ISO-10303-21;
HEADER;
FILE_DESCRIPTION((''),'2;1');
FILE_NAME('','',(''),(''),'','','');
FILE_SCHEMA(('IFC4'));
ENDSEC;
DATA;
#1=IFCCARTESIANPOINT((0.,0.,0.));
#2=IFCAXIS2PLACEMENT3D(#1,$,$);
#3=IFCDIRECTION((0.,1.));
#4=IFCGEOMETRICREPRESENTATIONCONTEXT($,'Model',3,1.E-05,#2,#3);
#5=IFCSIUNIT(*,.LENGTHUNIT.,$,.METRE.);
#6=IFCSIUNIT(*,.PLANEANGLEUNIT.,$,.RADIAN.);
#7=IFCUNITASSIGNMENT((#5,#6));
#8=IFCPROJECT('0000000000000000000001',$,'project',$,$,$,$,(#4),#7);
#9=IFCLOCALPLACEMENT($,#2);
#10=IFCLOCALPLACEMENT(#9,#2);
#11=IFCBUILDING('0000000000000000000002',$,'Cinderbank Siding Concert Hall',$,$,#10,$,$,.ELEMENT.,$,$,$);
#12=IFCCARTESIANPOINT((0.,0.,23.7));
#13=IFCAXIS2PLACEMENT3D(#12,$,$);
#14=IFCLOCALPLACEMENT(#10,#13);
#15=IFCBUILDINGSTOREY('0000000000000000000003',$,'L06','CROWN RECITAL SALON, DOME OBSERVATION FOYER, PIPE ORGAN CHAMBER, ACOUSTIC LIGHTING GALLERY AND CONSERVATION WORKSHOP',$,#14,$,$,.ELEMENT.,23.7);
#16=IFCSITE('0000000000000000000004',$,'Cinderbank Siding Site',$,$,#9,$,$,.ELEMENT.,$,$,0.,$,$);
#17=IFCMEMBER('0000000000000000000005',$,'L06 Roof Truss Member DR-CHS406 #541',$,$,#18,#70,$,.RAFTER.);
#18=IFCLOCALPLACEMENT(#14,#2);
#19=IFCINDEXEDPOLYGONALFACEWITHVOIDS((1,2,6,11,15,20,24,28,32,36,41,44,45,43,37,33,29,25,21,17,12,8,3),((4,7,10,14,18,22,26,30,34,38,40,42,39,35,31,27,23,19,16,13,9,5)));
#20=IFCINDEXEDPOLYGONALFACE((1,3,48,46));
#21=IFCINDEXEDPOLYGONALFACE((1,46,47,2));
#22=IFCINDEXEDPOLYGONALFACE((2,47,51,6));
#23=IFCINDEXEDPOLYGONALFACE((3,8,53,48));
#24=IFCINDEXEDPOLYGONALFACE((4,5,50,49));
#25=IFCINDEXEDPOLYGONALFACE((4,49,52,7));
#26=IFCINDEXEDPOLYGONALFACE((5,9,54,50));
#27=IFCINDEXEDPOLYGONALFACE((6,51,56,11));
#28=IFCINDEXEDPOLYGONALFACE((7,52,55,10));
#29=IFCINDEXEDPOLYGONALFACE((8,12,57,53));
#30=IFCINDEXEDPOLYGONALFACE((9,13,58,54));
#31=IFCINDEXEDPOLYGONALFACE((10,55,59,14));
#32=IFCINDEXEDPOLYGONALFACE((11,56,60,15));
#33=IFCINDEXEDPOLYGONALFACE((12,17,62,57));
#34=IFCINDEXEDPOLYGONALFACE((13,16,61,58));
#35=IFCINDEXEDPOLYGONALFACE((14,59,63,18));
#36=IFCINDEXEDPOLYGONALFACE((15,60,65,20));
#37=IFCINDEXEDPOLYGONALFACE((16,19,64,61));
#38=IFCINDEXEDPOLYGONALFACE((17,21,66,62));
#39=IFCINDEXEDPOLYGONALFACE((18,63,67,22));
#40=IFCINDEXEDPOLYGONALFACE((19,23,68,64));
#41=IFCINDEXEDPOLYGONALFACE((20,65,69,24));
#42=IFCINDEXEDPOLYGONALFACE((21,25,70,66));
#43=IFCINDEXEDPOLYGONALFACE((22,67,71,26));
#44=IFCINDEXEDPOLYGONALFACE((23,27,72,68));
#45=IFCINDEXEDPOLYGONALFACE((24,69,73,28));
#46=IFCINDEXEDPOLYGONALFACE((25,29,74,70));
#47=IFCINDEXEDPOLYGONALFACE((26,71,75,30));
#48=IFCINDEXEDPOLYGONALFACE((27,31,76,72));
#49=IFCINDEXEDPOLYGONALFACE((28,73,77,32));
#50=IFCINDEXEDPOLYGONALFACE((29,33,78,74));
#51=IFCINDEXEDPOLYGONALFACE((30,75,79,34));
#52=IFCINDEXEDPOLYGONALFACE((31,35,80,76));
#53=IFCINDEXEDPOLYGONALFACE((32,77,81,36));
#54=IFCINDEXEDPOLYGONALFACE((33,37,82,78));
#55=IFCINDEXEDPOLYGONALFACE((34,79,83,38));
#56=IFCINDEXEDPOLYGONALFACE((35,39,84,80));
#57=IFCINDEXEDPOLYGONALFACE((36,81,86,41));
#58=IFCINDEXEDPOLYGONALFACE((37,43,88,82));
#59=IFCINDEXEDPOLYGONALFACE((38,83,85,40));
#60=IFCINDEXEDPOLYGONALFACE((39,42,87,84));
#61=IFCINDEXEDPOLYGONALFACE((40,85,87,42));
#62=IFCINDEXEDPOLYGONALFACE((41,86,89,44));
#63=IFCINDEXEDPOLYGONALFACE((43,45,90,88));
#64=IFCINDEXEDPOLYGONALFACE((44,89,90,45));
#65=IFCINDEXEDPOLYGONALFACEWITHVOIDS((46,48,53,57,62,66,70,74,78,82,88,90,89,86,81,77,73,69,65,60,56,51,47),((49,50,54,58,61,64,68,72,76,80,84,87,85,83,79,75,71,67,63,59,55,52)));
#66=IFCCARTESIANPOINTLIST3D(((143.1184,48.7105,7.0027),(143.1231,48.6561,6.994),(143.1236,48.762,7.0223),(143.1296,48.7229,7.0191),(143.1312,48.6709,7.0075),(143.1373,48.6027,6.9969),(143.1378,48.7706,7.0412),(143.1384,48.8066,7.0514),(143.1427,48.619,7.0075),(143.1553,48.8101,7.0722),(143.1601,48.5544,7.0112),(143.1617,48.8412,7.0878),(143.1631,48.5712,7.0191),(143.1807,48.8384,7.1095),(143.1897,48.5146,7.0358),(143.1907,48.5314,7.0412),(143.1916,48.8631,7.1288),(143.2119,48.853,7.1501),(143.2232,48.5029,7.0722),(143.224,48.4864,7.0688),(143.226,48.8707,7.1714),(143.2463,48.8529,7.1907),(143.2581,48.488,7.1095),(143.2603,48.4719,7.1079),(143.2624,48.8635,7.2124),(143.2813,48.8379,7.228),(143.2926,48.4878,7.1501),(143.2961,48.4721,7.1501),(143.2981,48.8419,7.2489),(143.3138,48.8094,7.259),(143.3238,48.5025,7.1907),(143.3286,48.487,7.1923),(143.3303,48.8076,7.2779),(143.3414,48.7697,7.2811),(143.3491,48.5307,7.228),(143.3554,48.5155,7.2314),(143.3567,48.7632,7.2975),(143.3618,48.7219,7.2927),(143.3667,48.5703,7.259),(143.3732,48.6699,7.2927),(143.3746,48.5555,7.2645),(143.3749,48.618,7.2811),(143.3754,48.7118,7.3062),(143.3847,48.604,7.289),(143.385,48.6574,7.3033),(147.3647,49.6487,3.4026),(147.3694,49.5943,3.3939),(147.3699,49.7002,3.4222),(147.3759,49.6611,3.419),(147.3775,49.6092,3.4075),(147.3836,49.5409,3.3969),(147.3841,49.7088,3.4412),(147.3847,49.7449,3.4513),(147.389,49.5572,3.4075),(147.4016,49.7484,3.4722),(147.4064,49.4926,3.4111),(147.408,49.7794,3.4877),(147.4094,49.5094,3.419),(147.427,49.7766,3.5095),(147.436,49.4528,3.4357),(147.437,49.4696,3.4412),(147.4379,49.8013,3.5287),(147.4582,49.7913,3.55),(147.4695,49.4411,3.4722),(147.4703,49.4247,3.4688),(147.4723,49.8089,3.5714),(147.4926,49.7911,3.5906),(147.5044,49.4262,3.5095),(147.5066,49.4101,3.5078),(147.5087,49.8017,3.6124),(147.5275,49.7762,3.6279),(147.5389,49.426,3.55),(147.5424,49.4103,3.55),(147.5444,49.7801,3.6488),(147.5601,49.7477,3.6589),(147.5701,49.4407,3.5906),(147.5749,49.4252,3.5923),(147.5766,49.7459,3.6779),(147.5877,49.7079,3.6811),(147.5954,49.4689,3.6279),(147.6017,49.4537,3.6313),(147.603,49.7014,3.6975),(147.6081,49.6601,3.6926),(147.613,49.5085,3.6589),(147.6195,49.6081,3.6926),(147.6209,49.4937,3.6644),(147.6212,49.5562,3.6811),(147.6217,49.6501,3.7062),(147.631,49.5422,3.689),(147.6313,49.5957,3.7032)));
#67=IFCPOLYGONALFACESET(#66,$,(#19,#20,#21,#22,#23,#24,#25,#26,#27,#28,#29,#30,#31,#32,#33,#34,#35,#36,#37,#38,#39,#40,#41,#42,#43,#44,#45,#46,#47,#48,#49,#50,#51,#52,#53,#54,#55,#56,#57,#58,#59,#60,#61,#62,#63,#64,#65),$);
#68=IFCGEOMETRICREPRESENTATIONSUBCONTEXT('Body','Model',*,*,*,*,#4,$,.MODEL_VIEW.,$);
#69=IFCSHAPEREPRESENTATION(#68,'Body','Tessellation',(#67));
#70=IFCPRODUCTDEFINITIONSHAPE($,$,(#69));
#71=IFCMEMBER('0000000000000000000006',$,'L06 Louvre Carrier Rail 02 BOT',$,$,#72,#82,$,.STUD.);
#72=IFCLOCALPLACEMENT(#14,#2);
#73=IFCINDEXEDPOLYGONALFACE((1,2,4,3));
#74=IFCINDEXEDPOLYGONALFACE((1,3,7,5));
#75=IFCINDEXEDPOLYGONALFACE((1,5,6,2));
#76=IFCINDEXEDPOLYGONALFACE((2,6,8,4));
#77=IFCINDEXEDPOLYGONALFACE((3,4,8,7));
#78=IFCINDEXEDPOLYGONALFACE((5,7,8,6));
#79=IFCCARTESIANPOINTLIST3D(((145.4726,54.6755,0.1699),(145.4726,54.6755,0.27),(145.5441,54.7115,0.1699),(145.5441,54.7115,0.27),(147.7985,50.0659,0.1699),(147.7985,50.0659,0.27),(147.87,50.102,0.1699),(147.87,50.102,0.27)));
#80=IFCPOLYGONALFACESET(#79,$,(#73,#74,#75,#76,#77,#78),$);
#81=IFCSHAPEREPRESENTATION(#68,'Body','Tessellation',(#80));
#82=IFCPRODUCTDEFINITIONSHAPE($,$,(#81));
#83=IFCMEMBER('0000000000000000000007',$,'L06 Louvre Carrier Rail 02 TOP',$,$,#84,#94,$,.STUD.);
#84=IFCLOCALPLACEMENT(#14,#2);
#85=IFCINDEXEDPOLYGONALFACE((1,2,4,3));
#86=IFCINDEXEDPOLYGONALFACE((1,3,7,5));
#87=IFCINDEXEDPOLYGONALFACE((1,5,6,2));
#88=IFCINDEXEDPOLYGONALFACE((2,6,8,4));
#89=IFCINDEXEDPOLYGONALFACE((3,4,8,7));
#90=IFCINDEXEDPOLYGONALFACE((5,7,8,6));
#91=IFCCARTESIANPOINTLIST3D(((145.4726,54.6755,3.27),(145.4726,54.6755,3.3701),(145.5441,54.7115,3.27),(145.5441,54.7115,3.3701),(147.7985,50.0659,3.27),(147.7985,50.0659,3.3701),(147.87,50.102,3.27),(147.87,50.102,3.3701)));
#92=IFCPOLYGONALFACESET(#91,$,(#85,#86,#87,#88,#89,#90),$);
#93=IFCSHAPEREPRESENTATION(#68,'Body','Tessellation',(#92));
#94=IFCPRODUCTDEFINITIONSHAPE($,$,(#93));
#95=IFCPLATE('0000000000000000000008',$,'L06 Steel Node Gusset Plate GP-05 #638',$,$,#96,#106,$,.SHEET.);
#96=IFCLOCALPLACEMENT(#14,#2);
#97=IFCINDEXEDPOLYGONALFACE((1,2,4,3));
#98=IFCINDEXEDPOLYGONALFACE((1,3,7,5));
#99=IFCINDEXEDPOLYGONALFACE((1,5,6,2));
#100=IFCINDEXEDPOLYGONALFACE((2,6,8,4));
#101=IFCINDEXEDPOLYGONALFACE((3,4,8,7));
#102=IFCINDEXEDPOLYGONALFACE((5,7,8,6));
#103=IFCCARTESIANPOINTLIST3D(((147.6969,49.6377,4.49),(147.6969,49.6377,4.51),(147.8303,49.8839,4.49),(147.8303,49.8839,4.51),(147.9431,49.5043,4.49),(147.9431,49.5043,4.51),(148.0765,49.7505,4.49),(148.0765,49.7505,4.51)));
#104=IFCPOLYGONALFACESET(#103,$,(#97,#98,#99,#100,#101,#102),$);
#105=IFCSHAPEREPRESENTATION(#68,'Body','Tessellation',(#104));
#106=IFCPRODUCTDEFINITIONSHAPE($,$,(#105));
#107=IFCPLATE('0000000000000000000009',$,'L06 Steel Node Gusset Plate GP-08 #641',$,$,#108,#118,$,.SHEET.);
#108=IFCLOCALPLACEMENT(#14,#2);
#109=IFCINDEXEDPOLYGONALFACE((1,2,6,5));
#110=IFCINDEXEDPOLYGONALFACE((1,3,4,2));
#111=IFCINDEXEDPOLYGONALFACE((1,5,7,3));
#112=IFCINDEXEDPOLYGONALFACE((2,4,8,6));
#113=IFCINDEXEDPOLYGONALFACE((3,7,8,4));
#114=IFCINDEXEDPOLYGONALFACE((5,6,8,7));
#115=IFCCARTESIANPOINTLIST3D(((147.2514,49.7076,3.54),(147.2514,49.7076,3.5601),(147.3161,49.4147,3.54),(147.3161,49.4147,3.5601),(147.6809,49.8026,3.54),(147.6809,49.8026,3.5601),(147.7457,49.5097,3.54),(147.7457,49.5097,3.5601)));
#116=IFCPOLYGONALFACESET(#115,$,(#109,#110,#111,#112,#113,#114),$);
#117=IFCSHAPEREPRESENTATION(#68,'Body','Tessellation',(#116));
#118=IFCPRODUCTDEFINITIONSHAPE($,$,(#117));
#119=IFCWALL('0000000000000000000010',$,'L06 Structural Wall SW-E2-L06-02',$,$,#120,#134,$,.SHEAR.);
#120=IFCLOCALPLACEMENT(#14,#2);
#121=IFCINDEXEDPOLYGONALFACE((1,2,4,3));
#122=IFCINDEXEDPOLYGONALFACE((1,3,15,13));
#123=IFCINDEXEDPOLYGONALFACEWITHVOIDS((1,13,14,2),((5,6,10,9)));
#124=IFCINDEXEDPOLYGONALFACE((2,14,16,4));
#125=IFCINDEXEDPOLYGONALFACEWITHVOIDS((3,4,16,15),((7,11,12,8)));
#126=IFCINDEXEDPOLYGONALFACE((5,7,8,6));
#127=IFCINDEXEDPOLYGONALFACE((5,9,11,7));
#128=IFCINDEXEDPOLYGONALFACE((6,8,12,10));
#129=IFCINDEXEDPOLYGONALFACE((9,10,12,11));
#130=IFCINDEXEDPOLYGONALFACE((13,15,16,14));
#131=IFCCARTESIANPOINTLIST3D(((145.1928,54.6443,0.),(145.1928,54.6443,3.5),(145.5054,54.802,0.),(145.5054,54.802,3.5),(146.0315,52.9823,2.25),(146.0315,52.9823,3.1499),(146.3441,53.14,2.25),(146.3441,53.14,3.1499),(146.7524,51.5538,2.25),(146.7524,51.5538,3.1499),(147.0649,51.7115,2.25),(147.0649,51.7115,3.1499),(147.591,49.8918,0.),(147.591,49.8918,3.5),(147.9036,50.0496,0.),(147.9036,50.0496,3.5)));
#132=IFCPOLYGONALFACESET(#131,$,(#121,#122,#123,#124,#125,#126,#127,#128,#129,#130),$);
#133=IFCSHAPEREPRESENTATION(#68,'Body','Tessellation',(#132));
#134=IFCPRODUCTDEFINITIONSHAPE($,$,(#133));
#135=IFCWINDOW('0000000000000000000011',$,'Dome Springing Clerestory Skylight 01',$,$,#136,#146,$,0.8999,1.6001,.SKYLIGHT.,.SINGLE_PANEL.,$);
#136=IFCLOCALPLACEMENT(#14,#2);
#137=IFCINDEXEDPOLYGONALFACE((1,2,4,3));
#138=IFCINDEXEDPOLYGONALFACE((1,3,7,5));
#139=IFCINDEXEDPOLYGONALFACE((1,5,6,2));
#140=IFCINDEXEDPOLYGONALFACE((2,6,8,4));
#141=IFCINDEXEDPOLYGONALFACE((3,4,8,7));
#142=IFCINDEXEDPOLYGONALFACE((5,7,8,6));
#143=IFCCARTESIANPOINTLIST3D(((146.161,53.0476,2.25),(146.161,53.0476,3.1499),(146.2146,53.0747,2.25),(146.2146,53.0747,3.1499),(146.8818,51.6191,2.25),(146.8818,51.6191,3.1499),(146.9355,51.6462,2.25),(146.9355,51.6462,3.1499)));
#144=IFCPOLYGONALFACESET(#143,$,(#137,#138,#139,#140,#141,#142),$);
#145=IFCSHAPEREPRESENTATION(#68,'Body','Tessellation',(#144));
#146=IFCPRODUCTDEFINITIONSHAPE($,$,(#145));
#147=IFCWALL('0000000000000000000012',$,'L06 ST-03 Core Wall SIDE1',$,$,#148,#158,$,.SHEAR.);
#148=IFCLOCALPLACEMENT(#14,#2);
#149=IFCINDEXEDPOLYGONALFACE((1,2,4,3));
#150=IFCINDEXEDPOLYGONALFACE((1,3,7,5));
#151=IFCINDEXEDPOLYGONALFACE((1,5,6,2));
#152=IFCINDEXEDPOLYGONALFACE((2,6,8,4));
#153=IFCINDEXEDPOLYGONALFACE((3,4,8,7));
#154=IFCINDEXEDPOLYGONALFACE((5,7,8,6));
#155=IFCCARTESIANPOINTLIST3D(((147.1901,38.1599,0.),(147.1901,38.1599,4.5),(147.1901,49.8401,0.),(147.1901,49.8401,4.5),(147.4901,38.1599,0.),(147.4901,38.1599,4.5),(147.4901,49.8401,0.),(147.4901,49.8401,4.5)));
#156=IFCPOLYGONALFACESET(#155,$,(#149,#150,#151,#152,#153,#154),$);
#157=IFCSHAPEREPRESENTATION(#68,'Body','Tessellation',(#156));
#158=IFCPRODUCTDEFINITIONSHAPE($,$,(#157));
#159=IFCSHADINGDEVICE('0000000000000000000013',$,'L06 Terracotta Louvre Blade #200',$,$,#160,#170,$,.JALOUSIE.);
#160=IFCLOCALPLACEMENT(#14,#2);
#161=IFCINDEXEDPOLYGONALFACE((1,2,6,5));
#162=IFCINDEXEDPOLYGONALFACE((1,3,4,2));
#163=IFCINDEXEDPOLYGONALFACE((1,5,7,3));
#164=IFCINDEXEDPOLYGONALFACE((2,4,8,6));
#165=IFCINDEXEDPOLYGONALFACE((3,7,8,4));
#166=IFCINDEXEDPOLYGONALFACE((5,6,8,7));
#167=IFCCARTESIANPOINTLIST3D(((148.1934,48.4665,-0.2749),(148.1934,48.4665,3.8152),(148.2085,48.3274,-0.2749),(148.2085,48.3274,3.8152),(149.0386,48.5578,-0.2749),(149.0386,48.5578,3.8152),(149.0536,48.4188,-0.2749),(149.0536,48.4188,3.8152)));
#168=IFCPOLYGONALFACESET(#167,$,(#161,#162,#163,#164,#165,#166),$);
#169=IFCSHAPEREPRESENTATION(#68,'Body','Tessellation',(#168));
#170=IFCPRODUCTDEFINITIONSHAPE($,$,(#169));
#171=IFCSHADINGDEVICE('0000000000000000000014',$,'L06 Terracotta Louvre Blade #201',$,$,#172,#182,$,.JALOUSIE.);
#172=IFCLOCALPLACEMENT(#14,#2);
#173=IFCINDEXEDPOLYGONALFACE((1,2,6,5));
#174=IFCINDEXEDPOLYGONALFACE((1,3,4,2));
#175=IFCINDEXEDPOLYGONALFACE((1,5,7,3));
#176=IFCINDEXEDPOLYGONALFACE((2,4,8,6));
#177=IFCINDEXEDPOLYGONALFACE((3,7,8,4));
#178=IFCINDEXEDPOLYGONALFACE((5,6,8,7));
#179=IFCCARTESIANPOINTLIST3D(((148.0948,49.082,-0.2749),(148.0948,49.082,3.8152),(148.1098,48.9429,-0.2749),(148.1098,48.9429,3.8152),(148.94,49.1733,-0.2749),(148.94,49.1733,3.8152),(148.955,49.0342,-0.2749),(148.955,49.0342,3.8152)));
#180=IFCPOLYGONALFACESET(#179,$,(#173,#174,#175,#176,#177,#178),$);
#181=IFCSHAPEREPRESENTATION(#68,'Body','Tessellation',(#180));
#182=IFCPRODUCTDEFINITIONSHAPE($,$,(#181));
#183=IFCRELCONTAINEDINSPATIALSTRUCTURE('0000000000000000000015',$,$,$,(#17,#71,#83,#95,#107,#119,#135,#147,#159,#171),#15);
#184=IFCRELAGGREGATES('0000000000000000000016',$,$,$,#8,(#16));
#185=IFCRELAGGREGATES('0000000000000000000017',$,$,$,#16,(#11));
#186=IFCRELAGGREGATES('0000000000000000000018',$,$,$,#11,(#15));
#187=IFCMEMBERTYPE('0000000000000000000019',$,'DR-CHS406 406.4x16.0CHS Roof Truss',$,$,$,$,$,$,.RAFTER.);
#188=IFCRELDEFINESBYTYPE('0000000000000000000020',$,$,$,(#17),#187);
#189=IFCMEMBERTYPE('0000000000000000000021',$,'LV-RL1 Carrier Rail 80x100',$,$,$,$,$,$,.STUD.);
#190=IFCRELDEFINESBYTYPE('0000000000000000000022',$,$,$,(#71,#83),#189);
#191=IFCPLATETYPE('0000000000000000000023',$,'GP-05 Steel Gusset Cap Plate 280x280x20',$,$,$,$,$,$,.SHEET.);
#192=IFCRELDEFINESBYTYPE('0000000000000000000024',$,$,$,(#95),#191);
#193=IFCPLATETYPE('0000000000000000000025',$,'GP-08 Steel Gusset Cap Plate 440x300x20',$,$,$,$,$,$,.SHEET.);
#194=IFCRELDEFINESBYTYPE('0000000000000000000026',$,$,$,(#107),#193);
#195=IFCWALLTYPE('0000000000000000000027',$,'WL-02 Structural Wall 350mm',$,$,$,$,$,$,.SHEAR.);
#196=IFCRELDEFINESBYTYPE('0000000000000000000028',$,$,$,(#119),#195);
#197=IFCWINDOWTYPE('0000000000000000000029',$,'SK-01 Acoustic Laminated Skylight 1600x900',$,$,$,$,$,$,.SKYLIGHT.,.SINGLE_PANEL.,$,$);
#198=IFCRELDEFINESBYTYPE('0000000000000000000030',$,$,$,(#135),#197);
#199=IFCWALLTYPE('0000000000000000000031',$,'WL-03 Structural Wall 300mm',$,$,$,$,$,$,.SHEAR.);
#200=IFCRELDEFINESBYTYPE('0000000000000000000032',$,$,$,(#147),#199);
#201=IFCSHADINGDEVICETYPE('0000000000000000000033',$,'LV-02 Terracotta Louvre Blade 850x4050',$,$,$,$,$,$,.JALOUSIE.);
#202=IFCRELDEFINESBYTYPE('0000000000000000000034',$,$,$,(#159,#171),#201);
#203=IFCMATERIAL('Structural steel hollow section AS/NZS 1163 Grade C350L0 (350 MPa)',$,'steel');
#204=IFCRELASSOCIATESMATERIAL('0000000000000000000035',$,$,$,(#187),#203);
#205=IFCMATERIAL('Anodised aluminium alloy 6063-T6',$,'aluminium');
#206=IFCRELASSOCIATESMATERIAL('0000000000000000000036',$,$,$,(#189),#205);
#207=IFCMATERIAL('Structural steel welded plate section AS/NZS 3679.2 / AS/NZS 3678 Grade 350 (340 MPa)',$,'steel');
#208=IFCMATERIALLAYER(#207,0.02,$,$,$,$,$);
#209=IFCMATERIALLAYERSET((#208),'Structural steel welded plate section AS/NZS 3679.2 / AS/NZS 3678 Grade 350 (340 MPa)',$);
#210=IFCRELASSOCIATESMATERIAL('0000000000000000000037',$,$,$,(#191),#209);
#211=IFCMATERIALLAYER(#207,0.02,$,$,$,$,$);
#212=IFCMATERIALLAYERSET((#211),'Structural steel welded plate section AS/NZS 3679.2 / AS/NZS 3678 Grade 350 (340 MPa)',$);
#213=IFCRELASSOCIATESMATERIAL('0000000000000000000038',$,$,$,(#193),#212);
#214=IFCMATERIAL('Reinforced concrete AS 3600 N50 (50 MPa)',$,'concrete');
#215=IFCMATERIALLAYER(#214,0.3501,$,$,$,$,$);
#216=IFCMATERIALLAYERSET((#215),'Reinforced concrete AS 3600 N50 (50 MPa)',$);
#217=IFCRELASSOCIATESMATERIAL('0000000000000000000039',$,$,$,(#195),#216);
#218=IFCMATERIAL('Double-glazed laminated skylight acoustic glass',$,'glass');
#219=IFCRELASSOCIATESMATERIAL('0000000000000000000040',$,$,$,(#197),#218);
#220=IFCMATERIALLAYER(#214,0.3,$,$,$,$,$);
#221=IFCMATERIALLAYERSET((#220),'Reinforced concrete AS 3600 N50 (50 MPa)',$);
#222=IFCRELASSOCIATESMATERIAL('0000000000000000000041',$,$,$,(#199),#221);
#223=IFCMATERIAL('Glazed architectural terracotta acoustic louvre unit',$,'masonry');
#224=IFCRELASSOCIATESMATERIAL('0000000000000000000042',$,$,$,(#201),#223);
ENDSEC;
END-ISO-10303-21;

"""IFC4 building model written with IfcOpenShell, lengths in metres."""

from ifc_helpers import new_model, si_unit, direction, frame, frame_2d, origin, origin_2d, place, context, subcontext, project, spatial, rectangle, hollow_circle, extrude, material, layer, layer_set, material_profile, profile_set, type_object, element, fill, save


model = new_model("IFC4")

# Units and contexts
model_context = context("Model", 3, precision=1e-05, world=origin(), true_north=direction((0.0, 1.0)))
body_context = subcontext(model_context, "Body", "Model", "MODEL_VIEW")
ifc_project = project(units=[si_unit("LENGTHUNIT", "METRE"), si_unit("PLANEANGLEUNIT", "RADIAN")], contexts=[model_context])

# Site, building, storey
site_placement = place(None, origin())
site = spatial("IfcSite", under=ifc_project, at=site_placement, Name="Cinderbank Siding Site", CompositionType="ELEMENT", RefElevation=0.0)
building_placement = place(site_placement, origin())
building = spatial("IfcBuilding", under=site, at=building_placement, Name="Cinderbank Siding Concert Hall", CompositionType="ELEMENT")
storey_placement = place(building_placement, frame((0.0, 0.0, 23.7)))
storey = spatial("IfcBuildingStorey", under=building, at=storey_placement, Name="L06", Description="CROWN RECITAL SALON, DOME OBSERVATION FOYER, PIPE ORGAN CHAMBER, ACOUSTIC LIGHTING GALLERY AND CONSERVATION WORKSHOP", CompositionType="ELEMENT", Elevation=23.7)

# Shared definitions
ifc_material_1 = material(Name="Reinforced concrete AS 3600 N50 (50 MPa)", Category="concrete")

# Shared definitions
ifc_material_2 = material(Name="Structural steel welded plate section AS/NZS 3679.2 / AS/NZS 3678 Grade 350 (340 MPa)", Category="steel")

# Members
ifc_material_3 = material(Name="Structural steel hollow section AS/NZS 1163 Grade C350L0 (350 MPa)", Category="steel")
ifc_material_profile_1 = material_profile(ifc_material_3, hollow_circle(Radius=0.2031, WallThickness=0.0161, at=origin_2d()), Name="406.4x16.0CHS", Category="LoadBearing")
ifc_profile_set_1 = profile_set([ifc_material_profile_1], Name="Structural steel hollow section AS/NZS 1163 Grade C350L0 (350 MPa)")
member_type_1 = type_object("IfcMemberType", Name="DR-CHS406 406.4x16.0CHS Roof Truss", PredefinedType="RAFTER", material=ifc_profile_set_1)
member_1_placement = place(storey_placement, frame((147.4985, 49.6086, 3.55), z_axis=(-0.752155, -0.166189, 0.637686), x_axis=(0.215747, -0.976449, 0.0)))
element("IfcMember", 1, at=member_1_placement, inside=storey, type_object=member_type_1, Name="L06 Roof Truss Member DR-CHS406 #541", PredefinedType="RAFTER", context=body_context, shape_type="SweptSolid", body=[
    extrude(hollow_circle(Radius=0.2031, WallThickness=0.0161, at=origin_2d()), origin(), (0.0, 0.0, 1.0), 5.6455),
])
ifc_material_4 = material(Name="Anodised aluminium alloy 6063-T6", Category="aluminium")
ifc_material_profile_2 = material_profile(ifc_material_4, rectangle(XDim=0.0801, YDim=0.1001, at=origin_2d()), Name="ALU-RAIL-80x100", Category="LoadBearing")
ifc_profile_set_2 = profile_set([ifc_material_profile_2], Name="Anodised aluminium alloy 6063-T6")
member_type_2 = type_object("IfcMemberType", Name="LV-RL1 Carrier Rail 80x100", PredefinedType="STUD", material=ifc_profile_set_2)
for number, where, z_axis, x_axis, name in (
    (2, (147.8342, 50.084, 0.22), (-0.450483, 0.892785, 0.0), (-0.892785, -0.450483, 0.0), "L06 Louvre Carrier Rail 02 BOT"),
    (3, (147.8342, 50.084, 3.3201), (-0.450483, 0.892785, 0.0), (-0.892785, -0.450483, 0.0), "L06 Louvre Carrier Rail 02 TOP"),
):
    element("IfcMember", number, at=place(storey_placement, frame(where, z_axis=z_axis, x_axis=x_axis)), inside=storey, type_object=member_type_2, Name=name, PredefinedType="STUD", context=body_context, shape_type="SweptSolid", body=[
        extrude(rectangle(XDim=0.0801, YDim=0.1001, at=origin_2d()), origin(), (0.0, 0.0, 1.0), 5.1631),
    ])

# Plates
ifc_layer_1 = layer(ifc_material_2, 0.02)
ifc_layer_set_1 = layer_set([ifc_layer_1], Name="Structural steel welded plate section AS/NZS 3679.2 / AS/NZS 3678 Grade 350 (340 MPa)")
plate_type_1 = type_object("IfcPlateType", Name="GP-05 Steel Gusset Cap Plate 280x280x20", PredefinedType="SHEET", material=ifc_layer_set_1)
plate_1_placement = place(storey_placement, frame((147.8867, 49.6941, 4.49), z_axis=(0.0, 0.0, 1.0), x_axis=(-0.476545, -0.87915, 0.0)))
element("IfcPlate", 4, at=plate_1_placement, inside=storey, type_object=plate_type_1, Name="L06 Steel Node Gusset Plate GP-05 #638", PredefinedType="SHEET", context=body_context, shape_type="SweptSolid", body=[
    extrude(rectangle(XDim=0.28, YDim=0.28, at=origin_2d()), origin(), (0.0, 0.0, 1.0), 0.02),
])
ifc_layer_2 = layer(ifc_material_2, 0.02)
ifc_layer_set_2 = layer_set([ifc_layer_2], Name="Structural steel welded plate section AS/NZS 3679.2 / AS/NZS 3678 Grade 350 (340 MPa)")
plate_type_2 = type_object("IfcPlateType", Name="GP-08 Steel Gusset Cap Plate 440x300x20", PredefinedType="SHEET", material=ifc_layer_set_2)
plate_2_placement = place(storey_placement, frame((147.4985, 49.6086, 3.54), z_axis=(0.0, 0.0, 1.0), x_axis=(-0.976409, -0.215928, 0.0)))
element("IfcPlate", 5, at=plate_2_placement, inside=storey, type_object=plate_type_2, Name="L06 Steel Node Gusset Plate GP-08 #641", PredefinedType="SHEET", context=body_context, shape_type="SweptSolid", body=[
    extrude(rectangle(XDim=0.4399, YDim=0.3, at=origin_2d()), origin(), (0.0, 0.0, 1.0), 0.02),
])

# Wall, opening, window
ifc_layer_3 = layer(ifc_material_1, 0.3501)
ifc_layer_set_3 = layer_set([ifc_layer_3], Name="Reinforced concrete AS 3600 N50 (50 MPa)")
wall_type_1 = type_object("IfcWallType", Name="WL-02 Structural Wall 350mm", PredefinedType="SHEAR", material=ifc_layer_set_3)
wall_1_placement = place(storey_placement, frame((147.7473, 49.9707, 0.0), z_axis=(0.0, 0.0, 1.0), x_axis=(-0.450513, 0.89277, 0.0)))
wall_1 = element("IfcWall", 6, at=wall_1_placement, inside=storey, type_object=wall_type_1, Name="L06 Structural Wall SW-E2-L06-02", PredefinedType="SHEAR", context=body_context, shape_type="SweptSolid", body=[
    extrude(rectangle(XDim=5.3232, YDim=0.3501, at=frame_2d((2.6616, 0.0))), origin(), (0.0, 0.0, 1.0), 3.5),
])
opening_placement = place(wall_1_placement, frame((1.8616, 0.0, 2.25)))
opening = element("IfcOpeningElement", 7, at=opening_placement, cuts=wall_1, PredefinedType="OPENING", context=body_context, shape_type="SweptSolid", body=[
    extrude(rectangle(XDim=1.6001, YDim=0.8999, at=frame_2d((0.8, 0.45))), frame((0.0, 0.187, 0.0), z_axis=(0.0, -1.0, 0.0), x_axis=(1.0, 0.0, 0.0)), (0.0, 0.0, 1.0), 0.374),
])
ifc_material_5 = material(Name="Double-glazed laminated skylight acoustic glass", Category="glass")
window_type = type_object("IfcWindowType", Name="SK-01 Acoustic Laminated Skylight 1600x900", PartitioningType="SINGLE_PANEL", PredefinedType="SKYLIGHT", material=ifc_material_5)
window_placement = place(opening_placement, origin())
window = element("IfcWindow", 8, at=window_placement, inside=storey, type_object=window_type, Name="Dome Springing Clerestory Skylight 01", OverallHeight=0.8999, OverallWidth=1.6001, PartitioningType="SINGLE_PANEL", PredefinedType="SKYLIGHT", context=body_context, shape_type="SweptSolid", body=[
    extrude(rectangle(XDim=1.6001, YDim=0.8999, at=frame_2d((0.8, 0.45))), frame((0.0, 0.03, 0.0), z_axis=(0.0, -1.0, 0.0), x_axis=(1.0, 0.0, 0.0)), (0.0, 0.0, 1.0), 0.0601),
])
fill(opening, window)

# Wall
ifc_layer_4 = layer(ifc_material_1, 0.3)
ifc_layer_set_4 = layer_set([ifc_layer_4], Name="Reinforced concrete AS 3600 N50 (50 MPa)")
wall_type_2 = type_object("IfcWallType", Name="WL-03 Structural Wall 300mm", PredefinedType="SHEAR", material=ifc_layer_set_4)
wall_2_placement = place(storey_placement, frame((147.3401, 49.8401, 0.0), z_axis=(0.0, 0.0, 1.0), x_axis=(0.0, -1.0, 0.0)))
element("IfcWall", 9, at=wall_2_placement, inside=storey, type_object=wall_type_2, Name="L06 ST-03 Core Wall SIDE1", PredefinedType="SHEAR", context=body_context, shape_type="SweptSolid", body=[
    extrude(rectangle(XDim=11.6802, YDim=0.3, at=frame_2d((5.8401, 0.0))), origin(), (0.0, 0.0, 1.0), 4.5),
])

# Shading devices
ifc_material_6 = material(Name="Glazed architectural terracotta acoustic louvre unit", Category="masonry")
shading_device_type = type_object("IfcShadingDeviceType", Name="LV-02 Terracotta Louvre Blade 850x4050", PredefinedType="JALOUSIE", material=ifc_material_6)
for number, where, z_axis, x_axis, name in (
    (10, (148.6235, 48.4426, -0.2749), (0.0, 0.0, 1.0), (0.994211, 0.107447, 0.0), "L06 Terracotta Louvre Blade #200"),
    (11, (148.5249, 49.0581, -0.2749), (0.0, 0.0, 1.0), (0.994211, 0.107447, 0.0), "L06 Terracotta Louvre Blade #201"),
):
    element("IfcShadingDevice", number, at=place(storey_placement, frame(where, z_axis=z_axis, x_axis=x_axis)), inside=storey, type_object=shading_device_type, Name=name, PredefinedType="JALOUSIE", context=body_context, shape_type="SweptSolid", body=[
        extrude(rectangle(XDim=0.8501, YDim=0.1399, at=origin_2d()), origin(), (0.0, 0.0, 1.0), 4.0901),
    ])

save(model, "model.ifc")
